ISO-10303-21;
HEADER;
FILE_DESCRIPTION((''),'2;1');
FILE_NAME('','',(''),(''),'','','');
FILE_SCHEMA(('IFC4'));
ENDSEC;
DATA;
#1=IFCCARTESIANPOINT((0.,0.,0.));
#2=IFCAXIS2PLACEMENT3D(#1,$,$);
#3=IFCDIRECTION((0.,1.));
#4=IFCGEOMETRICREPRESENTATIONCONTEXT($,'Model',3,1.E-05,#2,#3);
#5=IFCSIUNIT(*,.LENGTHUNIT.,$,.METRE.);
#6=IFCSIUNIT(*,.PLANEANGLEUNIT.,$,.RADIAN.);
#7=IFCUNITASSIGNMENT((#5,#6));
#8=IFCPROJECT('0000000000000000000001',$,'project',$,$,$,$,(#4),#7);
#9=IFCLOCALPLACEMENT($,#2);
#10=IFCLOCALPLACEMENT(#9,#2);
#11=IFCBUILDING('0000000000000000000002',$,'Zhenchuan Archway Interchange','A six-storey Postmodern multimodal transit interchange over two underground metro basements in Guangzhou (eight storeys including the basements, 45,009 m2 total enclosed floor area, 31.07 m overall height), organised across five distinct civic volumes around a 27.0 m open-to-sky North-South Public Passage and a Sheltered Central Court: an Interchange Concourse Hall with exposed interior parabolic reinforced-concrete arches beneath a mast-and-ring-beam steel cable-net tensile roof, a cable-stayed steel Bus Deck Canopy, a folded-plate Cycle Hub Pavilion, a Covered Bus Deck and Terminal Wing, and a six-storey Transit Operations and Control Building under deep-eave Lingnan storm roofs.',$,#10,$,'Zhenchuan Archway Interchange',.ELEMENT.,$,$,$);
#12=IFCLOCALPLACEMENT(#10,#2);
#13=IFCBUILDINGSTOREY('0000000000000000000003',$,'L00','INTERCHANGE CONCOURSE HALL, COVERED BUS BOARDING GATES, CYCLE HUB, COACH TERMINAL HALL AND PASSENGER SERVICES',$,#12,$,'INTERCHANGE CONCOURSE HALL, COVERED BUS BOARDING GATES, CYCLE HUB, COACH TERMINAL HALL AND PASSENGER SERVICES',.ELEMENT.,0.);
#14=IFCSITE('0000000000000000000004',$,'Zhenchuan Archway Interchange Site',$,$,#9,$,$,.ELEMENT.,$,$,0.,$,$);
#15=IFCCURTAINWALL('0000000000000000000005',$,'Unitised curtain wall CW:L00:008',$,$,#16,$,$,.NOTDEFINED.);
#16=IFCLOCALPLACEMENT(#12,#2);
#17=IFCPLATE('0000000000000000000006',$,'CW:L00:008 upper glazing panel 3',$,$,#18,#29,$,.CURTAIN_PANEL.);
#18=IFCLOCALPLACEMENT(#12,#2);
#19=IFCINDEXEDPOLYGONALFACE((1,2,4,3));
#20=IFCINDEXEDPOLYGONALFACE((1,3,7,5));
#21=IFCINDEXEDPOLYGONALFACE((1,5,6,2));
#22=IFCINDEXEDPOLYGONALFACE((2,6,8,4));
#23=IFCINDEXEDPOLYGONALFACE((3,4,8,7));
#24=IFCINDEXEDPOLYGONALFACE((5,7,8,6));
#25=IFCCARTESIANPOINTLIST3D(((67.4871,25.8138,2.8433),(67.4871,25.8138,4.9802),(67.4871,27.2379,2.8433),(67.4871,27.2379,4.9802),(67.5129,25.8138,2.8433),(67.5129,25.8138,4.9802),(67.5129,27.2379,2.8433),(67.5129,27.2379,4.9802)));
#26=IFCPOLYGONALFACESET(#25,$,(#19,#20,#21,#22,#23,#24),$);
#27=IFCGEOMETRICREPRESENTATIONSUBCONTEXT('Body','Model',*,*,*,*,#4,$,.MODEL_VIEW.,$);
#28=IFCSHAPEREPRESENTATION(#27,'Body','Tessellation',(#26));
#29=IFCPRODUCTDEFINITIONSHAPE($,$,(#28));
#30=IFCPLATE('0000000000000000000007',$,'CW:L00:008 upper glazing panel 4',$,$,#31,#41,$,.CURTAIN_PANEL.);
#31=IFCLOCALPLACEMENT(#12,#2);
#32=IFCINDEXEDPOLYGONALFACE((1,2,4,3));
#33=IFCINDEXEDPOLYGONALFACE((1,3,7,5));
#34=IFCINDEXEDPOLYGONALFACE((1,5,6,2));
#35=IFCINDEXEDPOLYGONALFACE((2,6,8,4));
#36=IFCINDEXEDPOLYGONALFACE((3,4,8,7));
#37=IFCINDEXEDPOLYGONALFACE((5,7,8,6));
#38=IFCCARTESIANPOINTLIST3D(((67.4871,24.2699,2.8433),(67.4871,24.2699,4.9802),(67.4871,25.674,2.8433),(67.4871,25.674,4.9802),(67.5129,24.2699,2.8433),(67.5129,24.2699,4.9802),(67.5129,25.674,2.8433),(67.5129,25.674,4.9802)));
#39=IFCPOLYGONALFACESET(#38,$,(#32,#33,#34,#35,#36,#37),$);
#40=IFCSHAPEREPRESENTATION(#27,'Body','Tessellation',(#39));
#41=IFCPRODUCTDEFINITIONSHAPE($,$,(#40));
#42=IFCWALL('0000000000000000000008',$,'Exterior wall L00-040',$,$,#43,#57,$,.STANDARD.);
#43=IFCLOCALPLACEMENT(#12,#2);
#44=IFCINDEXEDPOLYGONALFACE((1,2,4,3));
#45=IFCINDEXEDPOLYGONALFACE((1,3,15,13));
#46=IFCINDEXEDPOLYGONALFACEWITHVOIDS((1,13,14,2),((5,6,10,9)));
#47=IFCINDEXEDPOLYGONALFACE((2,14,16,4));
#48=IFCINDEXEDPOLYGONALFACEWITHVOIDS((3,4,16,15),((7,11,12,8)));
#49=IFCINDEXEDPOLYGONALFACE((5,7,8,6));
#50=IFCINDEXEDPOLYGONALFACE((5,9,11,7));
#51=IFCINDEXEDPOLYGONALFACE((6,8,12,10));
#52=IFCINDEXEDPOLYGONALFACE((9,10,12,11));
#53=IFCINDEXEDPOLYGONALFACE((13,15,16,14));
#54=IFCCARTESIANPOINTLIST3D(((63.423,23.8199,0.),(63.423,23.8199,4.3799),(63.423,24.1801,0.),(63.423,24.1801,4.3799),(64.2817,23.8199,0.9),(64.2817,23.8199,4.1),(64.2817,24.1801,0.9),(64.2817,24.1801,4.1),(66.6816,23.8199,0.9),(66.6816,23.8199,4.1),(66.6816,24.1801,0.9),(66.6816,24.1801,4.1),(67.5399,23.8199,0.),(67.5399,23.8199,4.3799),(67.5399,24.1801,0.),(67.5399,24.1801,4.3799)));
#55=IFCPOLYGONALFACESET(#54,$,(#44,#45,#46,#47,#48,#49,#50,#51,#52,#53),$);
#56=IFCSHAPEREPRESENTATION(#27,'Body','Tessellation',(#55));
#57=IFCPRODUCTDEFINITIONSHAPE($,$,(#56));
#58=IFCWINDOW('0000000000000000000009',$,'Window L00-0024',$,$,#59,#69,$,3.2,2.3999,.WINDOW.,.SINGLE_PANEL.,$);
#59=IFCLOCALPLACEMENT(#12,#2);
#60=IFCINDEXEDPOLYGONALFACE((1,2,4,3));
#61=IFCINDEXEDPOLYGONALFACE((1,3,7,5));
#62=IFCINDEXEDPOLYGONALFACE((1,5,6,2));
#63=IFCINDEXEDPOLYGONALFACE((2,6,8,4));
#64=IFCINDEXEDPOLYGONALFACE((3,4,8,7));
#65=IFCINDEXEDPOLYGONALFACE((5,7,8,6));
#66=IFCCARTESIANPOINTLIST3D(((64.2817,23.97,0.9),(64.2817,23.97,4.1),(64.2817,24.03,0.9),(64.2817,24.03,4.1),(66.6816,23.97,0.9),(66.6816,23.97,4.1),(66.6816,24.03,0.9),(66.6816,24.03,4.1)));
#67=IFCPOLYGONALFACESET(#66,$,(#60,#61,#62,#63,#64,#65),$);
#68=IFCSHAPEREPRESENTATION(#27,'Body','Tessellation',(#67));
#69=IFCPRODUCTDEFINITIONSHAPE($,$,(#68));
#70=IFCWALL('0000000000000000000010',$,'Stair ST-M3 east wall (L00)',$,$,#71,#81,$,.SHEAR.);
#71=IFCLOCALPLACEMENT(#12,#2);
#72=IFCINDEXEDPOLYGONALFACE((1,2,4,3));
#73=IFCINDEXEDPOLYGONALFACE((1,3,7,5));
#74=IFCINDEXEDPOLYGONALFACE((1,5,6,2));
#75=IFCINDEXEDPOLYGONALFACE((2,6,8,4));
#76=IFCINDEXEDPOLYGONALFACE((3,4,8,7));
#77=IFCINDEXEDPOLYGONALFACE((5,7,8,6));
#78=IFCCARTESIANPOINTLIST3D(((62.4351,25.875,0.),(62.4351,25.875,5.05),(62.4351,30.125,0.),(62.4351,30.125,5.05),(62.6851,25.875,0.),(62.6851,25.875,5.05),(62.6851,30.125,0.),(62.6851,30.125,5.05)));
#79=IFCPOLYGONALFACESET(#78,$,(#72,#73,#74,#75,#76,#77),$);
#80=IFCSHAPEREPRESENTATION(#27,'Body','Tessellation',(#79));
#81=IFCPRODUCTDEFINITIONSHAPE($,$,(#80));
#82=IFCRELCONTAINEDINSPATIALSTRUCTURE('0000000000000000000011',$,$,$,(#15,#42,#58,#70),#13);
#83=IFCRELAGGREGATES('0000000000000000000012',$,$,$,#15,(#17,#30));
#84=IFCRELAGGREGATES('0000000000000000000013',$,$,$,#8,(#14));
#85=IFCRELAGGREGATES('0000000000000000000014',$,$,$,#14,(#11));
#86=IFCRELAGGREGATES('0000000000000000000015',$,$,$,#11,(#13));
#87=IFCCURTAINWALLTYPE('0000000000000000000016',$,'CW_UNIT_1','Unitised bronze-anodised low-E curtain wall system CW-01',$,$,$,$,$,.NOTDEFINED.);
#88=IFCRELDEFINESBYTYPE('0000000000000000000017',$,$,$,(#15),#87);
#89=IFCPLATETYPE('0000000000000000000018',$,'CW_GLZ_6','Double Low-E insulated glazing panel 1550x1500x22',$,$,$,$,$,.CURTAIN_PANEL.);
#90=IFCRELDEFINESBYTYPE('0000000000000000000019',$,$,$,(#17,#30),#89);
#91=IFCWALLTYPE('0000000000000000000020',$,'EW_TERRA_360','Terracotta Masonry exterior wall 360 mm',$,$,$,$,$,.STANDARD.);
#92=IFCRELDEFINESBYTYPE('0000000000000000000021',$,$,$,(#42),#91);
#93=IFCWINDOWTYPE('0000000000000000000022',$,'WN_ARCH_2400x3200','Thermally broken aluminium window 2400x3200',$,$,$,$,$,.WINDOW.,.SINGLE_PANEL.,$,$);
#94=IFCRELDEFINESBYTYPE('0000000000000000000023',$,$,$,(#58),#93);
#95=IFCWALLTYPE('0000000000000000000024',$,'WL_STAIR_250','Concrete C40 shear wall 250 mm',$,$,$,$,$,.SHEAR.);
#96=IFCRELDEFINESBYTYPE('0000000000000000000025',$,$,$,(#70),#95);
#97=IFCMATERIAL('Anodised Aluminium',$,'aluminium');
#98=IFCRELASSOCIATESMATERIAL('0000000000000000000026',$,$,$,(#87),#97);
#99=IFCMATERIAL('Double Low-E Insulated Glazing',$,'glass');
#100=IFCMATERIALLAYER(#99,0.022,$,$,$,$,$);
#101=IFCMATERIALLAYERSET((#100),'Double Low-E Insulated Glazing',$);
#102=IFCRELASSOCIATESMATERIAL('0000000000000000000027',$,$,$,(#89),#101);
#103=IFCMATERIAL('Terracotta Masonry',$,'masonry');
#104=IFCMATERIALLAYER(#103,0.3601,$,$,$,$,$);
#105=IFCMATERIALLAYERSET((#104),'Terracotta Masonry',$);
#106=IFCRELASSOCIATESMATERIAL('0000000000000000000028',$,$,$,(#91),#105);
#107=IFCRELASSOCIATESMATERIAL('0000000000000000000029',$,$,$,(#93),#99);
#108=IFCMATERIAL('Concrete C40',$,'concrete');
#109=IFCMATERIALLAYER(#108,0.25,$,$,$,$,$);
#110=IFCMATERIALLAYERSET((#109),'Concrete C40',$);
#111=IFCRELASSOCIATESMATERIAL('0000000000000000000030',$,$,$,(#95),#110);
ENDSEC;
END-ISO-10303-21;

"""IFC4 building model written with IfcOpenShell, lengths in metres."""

from ifc_helpers import new_model, si_unit, direction, frame, frame_2d, origin, origin_2d, place, context, subcontext, project, spatial, rectangle, extrude, material, layer, layer_set, type_object, element, fill, aggregate, save


model = new_model("IFC4")

# Units and contexts
model_context = context("Model", 3, precision=1e-05, world=origin(), true_north=direction((0.0, 1.0)))
body_context = subcontext(model_context, "Body", "Model", "MODEL_VIEW")
ifc_project = project(units=[si_unit("LENGTHUNIT", "METRE"), si_unit("PLANEANGLEUNIT", "RADIAN")], contexts=[model_context])

# Site, building, storey
site_placement = place(None, origin())
site = spatial("IfcSite", under=ifc_project, at=site_placement, Name="Zhenchuan Archway Interchange Site", CompositionType="ELEMENT", RefElevation=0.0)
building_placement = place(site_placement, origin())
building = spatial("IfcBuilding", under=site, at=building_placement, Name="Zhenchuan Archway Interchange", Description="A six-storey Postmodern multimodal transit interchange over two underground metro basements in Guangzhou (eight storeys including the basements, 45,009 m2 total enclosed floor area, 31.07 m overall height), organised across five distinct civic volumes around a 27.0 m open-to-sky North-South Public Passage and a Sheltered Central Court: an Interchange Concourse Hall with exposed interior parabolic reinforced-concrete arches beneath a mast-and-ring-beam steel cable-net tensile roof, a cable-stayed steel Bus Deck Canopy, a folded-plate Cycle Hub Pavilion, a Covered Bus Deck and Terminal Wing, and a six-storey Transit Operations and Control Building under deep-eave Lingnan storm roofs.", LongName="Zhenchuan Archway Interchange", CompositionType="ELEMENT")
storey_placement = place(building_placement, origin())
storey = spatial("IfcBuildingStorey", under=building, at=storey_placement, Name="L00", Description="INTERCHANGE CONCOURSE HALL, COVERED BUS BOARDING GATES, CYCLE HUB, COACH TERMINAL HALL AND PASSENGER SERVICES", LongName="INTERCHANGE CONCOURSE HALL, COVERED BUS BOARDING GATES, CYCLE HUB, COACH TERMINAL HALL AND PASSENGER SERVICES", CompositionType="ELEMENT", Elevation=0.0)

# Shared definitions
ifc_material_1 = material(Name="Concrete C40", Category="concrete")

# Curtain wall
ifc_material_2 = material(Name="Anodised Aluminium", Category="aluminium")
curtain_wall_type = type_object("IfcCurtainWallType", Name="CW_UNIT_1", Description="Unitised bronze-anodised low-E curtain wall system CW-01", PredefinedType="NOTDEFINED", material=ifc_material_2)
curtain_wall_placement = place(storey_placement, origin())
curtain_wall = element("IfcCurtainWall", 1, at=curtain_wall_placement, inside=storey, type_object=curtain_wall_type, Name="Unitised curtain wall CW:L00:008", PredefinedType="NOTDEFINED")

# Plates
ifc_material_3 = material(Name="Double Low-E Insulated Glazing", Category="glass")
ifc_layer_1 = layer(ifc_material_3, 0.022)
ifc_layer_set_1 = layer_set([ifc_layer_1], Name="Double Low-E Insulated Glazing")
plate_type_1 = type_object("IfcPlateType", Name="CW_GLZ_6", Description="Double Low-E insulated glazing panel 1550x1500x22", PredefinedType="CURTAIN_PANEL", material=ifc_layer_set_1)
plate_1_placement = place(storey_placement, frame((67.5, 26.5259, 2.8433), z_axis=(0.0, 0.0, 1.0), x_axis=(0.0, -1.0, 0.0)))
plate_1 = element("IfcPlate", 2, at=plate_1_placement, type_object=plate_type_1, Name="CW:L00:008 upper glazing panel 3", PredefinedType="CURTAIN_PANEL", context=body_context, shape_type="SweptSolid", body=[
    extrude(rectangle(XDim=1.4241, YDim=0.0259, at=origin_2d()), origin(), (0.0, 0.0, 1.0), 2.137),
])
plate_2_placement = place(storey_placement, frame((67.5, 24.9719, 2.8433), z_axis=(0.0, 0.0, 1.0), x_axis=(0.0, -1.0, 0.0)))
plate_2 = element("IfcPlate", 3, at=plate_2_placement, type_object=plate_type_1, Name="CW:L00:008 upper glazing panel 4", PredefinedType="CURTAIN_PANEL", context=body_context, shape_type="SweptSolid", body=[
    extrude(rectangle(XDim=1.4041, YDim=0.0259, at=origin_2d()), origin(), (0.0, 0.0, 1.0), 2.137),
])
aggregate(curtain_wall, [plate_1, plate_2])

# Wall, opening, window
ifc_material_4 = material(Name="Terracotta Masonry", Category="masonry")
ifc_layer_2 = layer(ifc_material_4, 0.3601)
ifc_layer_set_2 = layer_set([ifc_layer_2], Name="Terracotta Masonry")
wall_type_1 = type_object("IfcWallType", Name="EW_TERRA_360", Description="Terracotta Masonry exterior wall 360 mm", PredefinedType="STANDARD", material=ifc_layer_set_2)
wall_1_placement = place(storey_placement, frame((67.54, 24.0, 0.0), z_axis=(0.0, 0.0, 1.0), x_axis=(-1.0, 0.0, 0.0)))
wall_1 = element("IfcWall", 4, at=wall_1_placement, inside=storey, type_object=wall_type_1, Name="Exterior wall L00-040", PredefinedType="STANDARD", context=body_context, shape_type="SweptSolid", body=[
    extrude(rectangle(XDim=4.1169, YDim=0.3601, at=frame_2d((2.0586, 0.0))), origin(), (0.0, 0.0, 1.0), 4.3799),
])
opening_placement = place(wall_1_placement, frame((0.8584, 0.0, 0.8999)))
opening = element("IfcOpeningElement", 5, at=opening_placement, cuts=wall_1, PredefinedType="OPENING", context=body_context, shape_type="SweptSolid", body=[
    extrude(rectangle(XDim=2.3999, YDim=3.2, at=frame_2d((1.2, 1.6001))), frame((0.0, 0.1919, 0.0), z_axis=(0.0, -1.0, 0.0), x_axis=(1.0, 0.0, 0.0)), (0.0, 0.0, 1.0), 0.384),
])
window_type = type_object("IfcWindowType", Name="WN_ARCH_2400x3200", Description="Thermally broken aluminium window 2400x3200", PartitioningType="SINGLE_PANEL", PredefinedType="WINDOW", material=ifc_material_3)
window_placement = place(opening_placement, origin())
window = element("IfcWindow", 6, at=window_placement, inside=storey, type_object=window_type, Name="Window L00-0024", OverallHeight=3.2, OverallWidth=2.3999, PartitioningType="SINGLE_PANEL", PredefinedType="WINDOW", context=body_context, shape_type="SweptSolid", body=[
    extrude(rectangle(XDim=2.3999, YDim=3.2, at=frame_2d((1.2, 1.6001))), frame((0.0, 0.03, 0.0), z_axis=(0.0, -1.0, 0.0), x_axis=(1.0, 0.0, 0.0)), (0.0, 0.0, 1.0), 0.0601),
])
fill(opening, window)

# Wall
ifc_layer_3 = layer(ifc_material_1, 0.25)
ifc_layer_set_3 = layer_set([ifc_layer_3], Name="Concrete C40")
wall_type_2 = type_object("IfcWallType", Name="WL_STAIR_250", Description="Concrete C40 shear wall 250 mm", PredefinedType="SHEAR", material=ifc_layer_set_3)
wall_2_placement = place(storey_placement, frame((62.5601, 25.875, 0.0), z_axis=(0.0, 0.0, 1.0), x_axis=(0.0, 1.0, 0.0)))
element("IfcWall", 7, at=wall_2_placement, inside=storey, type_object=wall_type_2, Name="Stair ST-M3 east wall (L00)", PredefinedType="SHEAR", context=body_context, shape_type="SweptSolid", body=[
    extrude(rectangle(XDim=4.25, YDim=0.25, at=frame_2d((2.125, 0.0))), origin(), (0.0, 0.0, 1.0), 5.05),
])

save(model, "model.ifc")
